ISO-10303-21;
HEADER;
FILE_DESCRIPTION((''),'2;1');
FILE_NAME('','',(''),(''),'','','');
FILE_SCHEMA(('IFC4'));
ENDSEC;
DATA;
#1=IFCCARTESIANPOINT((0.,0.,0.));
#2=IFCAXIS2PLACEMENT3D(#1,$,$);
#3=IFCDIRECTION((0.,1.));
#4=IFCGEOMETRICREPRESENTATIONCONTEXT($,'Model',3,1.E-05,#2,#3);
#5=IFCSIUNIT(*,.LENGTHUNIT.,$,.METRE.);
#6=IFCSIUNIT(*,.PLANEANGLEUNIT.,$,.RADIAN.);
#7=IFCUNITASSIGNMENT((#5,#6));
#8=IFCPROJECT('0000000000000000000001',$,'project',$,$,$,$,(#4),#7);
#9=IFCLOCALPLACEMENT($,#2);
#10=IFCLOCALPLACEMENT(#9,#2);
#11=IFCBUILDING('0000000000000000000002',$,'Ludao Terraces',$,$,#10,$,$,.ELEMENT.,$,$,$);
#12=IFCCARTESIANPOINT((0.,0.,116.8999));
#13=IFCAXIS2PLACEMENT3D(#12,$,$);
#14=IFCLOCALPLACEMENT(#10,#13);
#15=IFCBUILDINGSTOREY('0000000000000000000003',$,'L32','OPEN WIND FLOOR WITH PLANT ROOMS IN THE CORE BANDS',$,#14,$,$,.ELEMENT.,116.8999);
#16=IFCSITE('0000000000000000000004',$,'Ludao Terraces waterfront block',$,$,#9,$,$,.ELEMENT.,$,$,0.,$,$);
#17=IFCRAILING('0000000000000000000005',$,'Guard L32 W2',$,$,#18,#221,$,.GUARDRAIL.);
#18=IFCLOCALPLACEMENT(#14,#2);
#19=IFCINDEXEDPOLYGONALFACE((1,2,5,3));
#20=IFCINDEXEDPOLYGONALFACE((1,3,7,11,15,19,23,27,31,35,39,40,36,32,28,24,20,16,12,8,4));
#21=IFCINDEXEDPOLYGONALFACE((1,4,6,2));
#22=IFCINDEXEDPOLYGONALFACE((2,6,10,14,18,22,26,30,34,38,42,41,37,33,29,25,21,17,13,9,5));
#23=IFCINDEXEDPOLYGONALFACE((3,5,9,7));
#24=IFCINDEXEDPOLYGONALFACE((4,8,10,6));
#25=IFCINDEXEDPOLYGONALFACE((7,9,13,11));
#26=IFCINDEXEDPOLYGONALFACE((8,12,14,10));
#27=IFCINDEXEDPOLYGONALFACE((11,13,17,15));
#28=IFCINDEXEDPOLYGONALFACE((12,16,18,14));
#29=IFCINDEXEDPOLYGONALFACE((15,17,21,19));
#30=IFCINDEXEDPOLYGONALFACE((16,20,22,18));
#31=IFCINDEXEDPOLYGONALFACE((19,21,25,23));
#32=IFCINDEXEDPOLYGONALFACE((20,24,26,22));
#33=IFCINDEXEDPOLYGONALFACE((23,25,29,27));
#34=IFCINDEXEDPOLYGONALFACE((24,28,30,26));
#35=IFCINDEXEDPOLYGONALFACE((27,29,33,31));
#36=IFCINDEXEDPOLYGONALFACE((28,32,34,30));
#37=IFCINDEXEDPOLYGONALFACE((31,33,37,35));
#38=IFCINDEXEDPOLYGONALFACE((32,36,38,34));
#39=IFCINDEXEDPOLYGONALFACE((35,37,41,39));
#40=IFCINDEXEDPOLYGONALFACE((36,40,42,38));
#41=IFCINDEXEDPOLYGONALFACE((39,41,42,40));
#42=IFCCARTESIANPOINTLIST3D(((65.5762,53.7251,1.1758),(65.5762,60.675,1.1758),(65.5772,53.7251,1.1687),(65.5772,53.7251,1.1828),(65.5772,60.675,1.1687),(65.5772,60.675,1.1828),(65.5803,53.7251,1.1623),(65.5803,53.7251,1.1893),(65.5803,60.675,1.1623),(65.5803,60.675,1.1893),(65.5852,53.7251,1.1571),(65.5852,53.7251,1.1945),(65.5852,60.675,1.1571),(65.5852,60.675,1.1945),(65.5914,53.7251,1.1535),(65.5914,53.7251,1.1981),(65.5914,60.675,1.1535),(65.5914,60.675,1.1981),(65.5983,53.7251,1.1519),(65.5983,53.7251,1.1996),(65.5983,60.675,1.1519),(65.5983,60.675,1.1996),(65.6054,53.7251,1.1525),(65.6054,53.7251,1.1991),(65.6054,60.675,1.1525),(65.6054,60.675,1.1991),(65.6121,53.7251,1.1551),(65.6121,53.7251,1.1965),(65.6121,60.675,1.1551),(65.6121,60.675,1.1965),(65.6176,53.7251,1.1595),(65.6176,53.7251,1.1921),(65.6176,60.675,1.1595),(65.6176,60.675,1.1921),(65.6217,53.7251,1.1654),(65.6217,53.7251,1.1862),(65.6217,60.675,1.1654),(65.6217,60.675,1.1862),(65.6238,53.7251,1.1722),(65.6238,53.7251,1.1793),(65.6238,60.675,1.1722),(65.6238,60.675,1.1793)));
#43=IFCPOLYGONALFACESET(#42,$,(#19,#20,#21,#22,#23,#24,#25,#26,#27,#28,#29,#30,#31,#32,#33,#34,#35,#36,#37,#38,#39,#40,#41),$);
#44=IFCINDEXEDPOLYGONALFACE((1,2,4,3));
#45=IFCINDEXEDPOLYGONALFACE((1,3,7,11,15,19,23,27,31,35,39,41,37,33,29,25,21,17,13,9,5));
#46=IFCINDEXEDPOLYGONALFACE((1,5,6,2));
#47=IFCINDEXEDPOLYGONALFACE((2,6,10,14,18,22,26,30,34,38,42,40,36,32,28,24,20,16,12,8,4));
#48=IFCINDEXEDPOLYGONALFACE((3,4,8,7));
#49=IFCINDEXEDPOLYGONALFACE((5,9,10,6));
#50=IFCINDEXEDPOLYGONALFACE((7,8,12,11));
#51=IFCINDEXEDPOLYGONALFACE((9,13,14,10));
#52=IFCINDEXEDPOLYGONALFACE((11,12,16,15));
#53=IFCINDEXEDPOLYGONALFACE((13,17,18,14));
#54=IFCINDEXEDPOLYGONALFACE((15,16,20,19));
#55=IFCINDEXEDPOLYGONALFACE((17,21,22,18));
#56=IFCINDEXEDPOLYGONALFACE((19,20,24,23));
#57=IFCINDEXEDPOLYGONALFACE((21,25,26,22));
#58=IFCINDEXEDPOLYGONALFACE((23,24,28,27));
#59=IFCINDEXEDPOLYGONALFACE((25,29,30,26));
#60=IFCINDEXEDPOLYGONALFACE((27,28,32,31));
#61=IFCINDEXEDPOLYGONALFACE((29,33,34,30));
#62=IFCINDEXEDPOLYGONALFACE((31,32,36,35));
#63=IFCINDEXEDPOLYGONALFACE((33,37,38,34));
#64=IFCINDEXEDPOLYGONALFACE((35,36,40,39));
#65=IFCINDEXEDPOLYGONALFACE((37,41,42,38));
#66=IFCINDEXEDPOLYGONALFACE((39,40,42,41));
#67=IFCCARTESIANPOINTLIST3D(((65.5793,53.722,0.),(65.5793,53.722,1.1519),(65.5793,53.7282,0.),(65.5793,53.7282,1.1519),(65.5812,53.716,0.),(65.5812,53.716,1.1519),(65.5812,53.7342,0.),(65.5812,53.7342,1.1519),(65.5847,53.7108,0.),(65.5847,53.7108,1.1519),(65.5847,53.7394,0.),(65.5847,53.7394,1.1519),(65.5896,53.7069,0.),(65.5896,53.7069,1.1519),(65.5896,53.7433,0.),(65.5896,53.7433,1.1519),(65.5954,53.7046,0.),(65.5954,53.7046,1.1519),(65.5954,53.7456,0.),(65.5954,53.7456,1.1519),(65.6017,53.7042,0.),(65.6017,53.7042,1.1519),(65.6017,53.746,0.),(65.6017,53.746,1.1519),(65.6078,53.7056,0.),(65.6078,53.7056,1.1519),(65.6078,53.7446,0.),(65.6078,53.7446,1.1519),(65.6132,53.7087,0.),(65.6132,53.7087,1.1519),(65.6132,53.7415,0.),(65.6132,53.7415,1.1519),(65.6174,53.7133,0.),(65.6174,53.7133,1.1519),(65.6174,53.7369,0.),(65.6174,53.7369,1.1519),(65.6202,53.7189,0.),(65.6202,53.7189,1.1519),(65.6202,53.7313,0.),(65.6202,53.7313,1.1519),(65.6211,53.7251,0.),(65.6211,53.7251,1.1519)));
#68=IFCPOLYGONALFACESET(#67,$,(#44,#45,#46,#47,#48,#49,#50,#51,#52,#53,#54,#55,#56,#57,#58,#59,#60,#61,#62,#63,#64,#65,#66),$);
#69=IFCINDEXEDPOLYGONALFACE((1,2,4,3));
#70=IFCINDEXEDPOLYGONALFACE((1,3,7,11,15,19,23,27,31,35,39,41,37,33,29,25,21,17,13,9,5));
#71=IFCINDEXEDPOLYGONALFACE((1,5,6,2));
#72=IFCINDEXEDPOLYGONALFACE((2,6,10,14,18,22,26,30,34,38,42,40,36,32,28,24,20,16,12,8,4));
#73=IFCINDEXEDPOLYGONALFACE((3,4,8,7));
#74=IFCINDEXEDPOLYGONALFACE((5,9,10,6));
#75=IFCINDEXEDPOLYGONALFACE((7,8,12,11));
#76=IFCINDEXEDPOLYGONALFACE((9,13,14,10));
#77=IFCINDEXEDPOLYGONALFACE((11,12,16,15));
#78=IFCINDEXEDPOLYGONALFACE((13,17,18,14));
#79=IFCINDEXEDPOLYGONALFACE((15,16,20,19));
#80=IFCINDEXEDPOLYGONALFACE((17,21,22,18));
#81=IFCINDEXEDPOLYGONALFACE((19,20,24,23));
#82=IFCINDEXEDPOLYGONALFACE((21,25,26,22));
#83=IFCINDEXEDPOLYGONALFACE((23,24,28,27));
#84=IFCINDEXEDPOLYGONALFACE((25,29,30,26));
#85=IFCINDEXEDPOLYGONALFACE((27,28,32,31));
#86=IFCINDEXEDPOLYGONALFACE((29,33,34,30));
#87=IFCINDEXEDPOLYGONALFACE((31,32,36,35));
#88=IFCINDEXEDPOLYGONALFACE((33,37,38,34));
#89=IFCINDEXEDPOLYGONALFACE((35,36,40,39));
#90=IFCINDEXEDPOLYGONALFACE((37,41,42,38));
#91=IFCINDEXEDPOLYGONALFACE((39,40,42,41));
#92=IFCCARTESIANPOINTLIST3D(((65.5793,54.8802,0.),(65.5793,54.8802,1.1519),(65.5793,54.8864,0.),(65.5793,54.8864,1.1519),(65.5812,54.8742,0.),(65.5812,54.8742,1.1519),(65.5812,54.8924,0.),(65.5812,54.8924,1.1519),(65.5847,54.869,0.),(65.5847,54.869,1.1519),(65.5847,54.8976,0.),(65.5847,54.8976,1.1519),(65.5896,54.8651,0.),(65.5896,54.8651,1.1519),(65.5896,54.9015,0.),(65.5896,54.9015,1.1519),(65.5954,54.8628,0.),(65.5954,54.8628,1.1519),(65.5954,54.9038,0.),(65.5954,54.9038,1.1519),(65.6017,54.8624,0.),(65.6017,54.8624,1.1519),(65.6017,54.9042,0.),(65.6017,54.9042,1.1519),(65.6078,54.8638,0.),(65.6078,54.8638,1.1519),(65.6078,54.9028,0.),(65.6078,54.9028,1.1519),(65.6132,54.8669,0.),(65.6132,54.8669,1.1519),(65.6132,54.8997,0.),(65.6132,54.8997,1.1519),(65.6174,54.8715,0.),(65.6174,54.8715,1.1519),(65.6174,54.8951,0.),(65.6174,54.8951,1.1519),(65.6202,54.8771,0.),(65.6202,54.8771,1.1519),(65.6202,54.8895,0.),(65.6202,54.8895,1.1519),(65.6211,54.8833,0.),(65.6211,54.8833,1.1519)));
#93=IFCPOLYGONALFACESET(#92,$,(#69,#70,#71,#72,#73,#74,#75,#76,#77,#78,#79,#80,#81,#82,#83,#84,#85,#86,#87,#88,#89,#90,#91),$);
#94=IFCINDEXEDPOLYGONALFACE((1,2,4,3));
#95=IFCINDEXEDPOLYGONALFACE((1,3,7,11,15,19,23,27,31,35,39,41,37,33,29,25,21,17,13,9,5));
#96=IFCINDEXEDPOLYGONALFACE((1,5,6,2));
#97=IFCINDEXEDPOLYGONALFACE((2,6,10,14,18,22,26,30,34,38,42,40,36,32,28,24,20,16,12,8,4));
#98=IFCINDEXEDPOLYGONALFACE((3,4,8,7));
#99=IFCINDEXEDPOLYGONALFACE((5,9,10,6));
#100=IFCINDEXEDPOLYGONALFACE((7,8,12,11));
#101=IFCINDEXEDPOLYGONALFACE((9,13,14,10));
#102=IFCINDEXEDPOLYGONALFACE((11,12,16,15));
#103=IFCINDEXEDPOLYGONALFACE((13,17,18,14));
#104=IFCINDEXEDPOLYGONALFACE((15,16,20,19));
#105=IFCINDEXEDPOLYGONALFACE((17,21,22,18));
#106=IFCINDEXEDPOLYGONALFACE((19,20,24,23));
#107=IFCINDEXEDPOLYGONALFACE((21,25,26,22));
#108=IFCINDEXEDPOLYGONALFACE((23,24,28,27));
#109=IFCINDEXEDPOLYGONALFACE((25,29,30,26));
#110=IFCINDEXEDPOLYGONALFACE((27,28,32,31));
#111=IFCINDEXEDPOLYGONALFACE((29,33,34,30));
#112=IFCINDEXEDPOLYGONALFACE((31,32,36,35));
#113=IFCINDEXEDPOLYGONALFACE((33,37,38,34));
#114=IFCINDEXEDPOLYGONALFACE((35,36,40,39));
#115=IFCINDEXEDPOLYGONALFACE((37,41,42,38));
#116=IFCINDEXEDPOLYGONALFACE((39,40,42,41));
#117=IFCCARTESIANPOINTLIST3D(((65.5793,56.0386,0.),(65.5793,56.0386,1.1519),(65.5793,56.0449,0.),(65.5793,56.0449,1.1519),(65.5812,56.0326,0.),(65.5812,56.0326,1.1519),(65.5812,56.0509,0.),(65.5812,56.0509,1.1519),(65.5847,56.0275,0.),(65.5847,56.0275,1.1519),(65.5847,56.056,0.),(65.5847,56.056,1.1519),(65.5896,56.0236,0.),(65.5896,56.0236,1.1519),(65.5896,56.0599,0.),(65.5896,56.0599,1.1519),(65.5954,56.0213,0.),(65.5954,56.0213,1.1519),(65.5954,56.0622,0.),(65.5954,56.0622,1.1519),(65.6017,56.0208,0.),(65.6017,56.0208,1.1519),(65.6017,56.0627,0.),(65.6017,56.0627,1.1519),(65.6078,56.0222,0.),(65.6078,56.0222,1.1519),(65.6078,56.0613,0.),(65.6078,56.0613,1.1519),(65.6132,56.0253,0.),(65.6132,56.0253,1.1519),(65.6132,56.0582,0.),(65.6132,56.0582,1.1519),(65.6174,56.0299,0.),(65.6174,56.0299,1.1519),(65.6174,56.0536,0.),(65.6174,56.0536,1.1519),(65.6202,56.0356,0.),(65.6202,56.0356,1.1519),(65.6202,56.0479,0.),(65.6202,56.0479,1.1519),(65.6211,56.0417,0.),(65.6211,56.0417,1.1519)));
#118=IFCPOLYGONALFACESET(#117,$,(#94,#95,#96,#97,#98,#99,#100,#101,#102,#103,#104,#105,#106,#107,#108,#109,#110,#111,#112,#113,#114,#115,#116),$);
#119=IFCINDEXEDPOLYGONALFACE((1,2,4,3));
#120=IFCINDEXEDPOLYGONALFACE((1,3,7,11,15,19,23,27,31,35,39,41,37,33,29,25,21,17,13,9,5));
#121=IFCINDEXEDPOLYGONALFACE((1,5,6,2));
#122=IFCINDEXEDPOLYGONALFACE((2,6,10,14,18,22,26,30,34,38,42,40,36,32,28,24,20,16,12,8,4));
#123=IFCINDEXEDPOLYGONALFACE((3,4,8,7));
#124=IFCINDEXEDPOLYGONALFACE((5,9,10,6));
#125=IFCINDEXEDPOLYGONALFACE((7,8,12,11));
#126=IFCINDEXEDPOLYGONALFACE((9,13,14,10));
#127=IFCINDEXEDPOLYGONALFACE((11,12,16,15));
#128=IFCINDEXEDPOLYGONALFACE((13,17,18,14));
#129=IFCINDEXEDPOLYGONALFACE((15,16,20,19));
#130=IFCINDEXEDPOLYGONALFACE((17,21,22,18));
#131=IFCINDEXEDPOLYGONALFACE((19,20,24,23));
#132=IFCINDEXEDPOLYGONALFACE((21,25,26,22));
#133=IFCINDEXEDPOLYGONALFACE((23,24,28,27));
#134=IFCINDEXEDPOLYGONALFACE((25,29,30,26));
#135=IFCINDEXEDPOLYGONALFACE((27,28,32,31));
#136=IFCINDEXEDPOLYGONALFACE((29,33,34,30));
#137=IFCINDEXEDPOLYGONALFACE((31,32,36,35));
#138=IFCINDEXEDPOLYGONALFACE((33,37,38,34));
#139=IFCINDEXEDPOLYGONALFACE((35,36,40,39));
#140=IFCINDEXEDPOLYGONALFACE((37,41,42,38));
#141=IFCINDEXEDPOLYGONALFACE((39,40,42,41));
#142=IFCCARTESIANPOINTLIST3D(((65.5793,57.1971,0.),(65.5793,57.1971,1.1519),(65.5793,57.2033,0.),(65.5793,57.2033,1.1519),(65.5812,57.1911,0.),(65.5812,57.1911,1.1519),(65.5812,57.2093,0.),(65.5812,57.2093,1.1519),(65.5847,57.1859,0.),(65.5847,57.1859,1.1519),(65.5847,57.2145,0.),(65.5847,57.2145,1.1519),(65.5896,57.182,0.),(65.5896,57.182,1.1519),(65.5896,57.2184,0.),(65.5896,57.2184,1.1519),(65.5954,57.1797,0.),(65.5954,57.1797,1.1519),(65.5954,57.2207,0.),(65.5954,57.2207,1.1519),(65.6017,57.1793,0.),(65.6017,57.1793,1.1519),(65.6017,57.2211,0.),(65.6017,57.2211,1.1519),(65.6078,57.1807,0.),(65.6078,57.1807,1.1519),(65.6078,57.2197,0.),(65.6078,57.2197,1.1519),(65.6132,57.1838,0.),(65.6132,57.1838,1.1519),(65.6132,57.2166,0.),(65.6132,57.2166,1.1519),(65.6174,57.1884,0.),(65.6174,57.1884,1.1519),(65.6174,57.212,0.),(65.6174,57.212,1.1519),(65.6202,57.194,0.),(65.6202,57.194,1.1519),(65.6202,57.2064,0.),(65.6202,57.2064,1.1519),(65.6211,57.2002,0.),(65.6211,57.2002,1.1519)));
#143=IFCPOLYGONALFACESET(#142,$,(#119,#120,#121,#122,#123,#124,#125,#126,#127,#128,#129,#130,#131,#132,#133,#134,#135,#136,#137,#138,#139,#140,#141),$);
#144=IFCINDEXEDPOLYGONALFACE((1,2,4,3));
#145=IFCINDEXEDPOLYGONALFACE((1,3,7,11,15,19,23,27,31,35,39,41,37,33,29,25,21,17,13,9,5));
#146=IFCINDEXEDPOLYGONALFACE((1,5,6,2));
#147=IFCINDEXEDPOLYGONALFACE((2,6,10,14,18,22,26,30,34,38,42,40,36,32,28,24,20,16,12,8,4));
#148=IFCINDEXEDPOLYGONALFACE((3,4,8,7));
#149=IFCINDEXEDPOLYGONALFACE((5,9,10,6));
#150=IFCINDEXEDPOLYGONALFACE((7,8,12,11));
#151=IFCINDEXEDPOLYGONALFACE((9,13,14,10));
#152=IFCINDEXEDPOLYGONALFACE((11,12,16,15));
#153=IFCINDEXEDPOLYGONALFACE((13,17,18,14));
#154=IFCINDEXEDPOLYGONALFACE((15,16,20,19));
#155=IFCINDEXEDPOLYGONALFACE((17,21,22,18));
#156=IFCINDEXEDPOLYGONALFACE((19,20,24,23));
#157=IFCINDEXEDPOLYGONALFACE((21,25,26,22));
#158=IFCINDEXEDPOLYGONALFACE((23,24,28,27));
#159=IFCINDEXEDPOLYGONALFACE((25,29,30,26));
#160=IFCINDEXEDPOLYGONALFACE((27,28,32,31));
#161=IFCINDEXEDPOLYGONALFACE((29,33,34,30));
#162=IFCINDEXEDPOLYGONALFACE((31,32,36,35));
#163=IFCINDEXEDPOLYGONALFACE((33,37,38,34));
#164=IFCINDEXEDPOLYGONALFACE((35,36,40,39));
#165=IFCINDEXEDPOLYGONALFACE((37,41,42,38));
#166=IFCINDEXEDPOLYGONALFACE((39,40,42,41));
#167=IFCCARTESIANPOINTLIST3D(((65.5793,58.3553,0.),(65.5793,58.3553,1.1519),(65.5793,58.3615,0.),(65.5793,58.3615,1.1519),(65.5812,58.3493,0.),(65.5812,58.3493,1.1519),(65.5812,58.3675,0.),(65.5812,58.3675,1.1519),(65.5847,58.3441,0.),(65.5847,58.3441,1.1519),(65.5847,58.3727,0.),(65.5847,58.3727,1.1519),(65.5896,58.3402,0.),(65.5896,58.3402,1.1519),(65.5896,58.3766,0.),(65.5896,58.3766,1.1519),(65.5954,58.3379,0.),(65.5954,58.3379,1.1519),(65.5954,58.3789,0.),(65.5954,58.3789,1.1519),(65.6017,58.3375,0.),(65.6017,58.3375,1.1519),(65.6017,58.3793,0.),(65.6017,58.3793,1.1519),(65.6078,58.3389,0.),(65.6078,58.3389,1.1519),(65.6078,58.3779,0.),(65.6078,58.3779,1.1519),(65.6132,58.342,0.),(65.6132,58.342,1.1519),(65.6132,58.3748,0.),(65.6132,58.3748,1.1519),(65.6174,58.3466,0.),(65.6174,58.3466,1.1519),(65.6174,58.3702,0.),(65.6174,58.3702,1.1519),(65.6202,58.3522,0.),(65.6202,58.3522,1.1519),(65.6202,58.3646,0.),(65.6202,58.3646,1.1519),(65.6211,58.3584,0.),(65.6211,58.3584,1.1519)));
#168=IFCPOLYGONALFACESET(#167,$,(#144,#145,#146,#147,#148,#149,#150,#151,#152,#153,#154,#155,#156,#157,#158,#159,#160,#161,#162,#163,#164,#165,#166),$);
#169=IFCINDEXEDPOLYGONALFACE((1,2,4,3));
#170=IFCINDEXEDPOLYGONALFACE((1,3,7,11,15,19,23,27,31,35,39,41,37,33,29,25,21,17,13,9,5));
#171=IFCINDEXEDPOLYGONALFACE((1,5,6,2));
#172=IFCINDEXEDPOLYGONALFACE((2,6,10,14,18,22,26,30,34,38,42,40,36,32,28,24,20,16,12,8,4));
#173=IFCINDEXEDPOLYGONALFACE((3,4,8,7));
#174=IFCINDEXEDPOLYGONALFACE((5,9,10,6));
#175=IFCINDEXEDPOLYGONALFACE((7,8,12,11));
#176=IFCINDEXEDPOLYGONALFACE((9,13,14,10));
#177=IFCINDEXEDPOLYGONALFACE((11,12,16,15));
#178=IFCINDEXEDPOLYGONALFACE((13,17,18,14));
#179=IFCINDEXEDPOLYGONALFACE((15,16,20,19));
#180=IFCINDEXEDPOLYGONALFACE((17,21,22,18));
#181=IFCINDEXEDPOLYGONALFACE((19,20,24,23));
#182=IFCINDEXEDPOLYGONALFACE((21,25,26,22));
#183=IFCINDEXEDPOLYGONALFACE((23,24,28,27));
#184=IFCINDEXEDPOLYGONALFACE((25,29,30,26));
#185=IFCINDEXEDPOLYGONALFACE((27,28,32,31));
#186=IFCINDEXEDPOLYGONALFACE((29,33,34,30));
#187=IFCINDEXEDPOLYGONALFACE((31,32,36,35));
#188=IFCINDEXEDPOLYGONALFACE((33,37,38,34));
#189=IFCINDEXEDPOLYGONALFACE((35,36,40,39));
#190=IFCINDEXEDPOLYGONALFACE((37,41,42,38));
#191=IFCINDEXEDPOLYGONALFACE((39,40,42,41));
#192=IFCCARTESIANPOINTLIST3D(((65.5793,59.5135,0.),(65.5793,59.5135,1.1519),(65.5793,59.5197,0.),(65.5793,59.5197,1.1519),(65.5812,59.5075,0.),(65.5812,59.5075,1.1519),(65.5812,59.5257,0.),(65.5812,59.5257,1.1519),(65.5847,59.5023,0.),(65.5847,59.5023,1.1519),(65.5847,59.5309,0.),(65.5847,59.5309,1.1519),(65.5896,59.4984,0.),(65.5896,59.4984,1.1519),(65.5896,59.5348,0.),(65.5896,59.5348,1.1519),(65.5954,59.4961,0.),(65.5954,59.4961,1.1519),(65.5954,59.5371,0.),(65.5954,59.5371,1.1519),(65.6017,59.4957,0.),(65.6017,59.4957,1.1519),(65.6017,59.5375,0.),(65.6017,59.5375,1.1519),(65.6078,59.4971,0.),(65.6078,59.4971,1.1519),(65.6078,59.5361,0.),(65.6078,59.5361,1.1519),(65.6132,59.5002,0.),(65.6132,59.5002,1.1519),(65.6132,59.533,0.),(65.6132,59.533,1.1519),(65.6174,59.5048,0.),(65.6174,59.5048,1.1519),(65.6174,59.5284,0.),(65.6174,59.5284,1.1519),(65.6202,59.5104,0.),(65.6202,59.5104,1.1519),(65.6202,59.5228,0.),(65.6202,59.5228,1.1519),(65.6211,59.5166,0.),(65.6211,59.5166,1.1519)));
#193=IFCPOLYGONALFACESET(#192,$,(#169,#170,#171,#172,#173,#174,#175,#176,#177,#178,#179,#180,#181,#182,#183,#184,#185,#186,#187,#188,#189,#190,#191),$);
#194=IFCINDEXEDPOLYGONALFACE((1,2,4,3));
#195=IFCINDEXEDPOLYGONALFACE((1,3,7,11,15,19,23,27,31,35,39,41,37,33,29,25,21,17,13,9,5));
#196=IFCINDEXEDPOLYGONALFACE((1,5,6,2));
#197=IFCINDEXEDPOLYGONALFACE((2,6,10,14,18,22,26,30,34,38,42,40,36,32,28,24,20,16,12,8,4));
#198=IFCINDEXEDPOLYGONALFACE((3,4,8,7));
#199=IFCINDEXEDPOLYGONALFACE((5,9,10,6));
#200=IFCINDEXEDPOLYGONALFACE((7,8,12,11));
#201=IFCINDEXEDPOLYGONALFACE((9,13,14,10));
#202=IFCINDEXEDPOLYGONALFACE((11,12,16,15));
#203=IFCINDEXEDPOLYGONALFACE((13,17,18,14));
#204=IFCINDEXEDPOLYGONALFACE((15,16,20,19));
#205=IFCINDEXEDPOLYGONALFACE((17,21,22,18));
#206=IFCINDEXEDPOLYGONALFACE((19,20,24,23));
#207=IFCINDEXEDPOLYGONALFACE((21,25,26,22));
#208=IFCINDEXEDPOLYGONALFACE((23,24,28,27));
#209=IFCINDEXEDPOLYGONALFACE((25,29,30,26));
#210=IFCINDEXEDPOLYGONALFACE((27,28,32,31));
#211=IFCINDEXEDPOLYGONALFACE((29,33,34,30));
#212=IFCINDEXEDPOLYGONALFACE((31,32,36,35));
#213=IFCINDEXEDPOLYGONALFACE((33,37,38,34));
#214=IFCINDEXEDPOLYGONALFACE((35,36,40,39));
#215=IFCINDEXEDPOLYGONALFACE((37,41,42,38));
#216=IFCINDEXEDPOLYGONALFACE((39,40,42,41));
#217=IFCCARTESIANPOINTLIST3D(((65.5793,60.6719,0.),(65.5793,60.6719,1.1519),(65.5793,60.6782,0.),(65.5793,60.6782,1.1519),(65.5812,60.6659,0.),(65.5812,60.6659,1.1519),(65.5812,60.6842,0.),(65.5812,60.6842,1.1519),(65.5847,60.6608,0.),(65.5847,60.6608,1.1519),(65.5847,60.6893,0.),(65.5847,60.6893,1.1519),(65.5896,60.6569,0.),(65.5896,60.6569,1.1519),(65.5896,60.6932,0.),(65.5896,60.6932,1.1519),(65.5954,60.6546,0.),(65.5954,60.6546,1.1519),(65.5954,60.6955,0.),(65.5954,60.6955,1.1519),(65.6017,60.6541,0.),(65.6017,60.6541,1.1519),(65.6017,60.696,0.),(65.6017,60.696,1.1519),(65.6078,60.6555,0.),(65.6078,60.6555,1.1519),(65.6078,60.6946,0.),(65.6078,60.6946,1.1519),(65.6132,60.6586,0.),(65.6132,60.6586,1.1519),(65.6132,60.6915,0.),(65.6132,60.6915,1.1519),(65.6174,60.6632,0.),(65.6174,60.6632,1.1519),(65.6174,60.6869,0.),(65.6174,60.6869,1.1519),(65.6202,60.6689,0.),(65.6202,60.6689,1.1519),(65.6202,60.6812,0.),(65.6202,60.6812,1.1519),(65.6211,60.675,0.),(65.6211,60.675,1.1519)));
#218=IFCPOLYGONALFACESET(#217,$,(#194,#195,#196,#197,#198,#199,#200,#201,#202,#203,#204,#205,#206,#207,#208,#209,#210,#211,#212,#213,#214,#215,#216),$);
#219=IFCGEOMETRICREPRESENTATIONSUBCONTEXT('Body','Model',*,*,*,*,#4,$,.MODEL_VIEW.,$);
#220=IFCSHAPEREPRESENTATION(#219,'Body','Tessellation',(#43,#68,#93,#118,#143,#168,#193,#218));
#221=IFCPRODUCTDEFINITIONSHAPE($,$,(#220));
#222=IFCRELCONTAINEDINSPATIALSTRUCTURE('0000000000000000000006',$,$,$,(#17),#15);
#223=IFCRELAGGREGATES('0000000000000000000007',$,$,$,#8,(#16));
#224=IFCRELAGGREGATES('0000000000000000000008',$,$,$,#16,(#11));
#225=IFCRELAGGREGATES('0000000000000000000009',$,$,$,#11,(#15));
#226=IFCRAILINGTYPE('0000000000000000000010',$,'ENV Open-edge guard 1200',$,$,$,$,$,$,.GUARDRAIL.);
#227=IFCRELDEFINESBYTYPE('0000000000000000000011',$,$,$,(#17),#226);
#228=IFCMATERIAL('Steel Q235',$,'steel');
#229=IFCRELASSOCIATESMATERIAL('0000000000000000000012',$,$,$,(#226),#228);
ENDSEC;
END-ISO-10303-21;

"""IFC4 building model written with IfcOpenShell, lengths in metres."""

from ifc_helpers import new_model, si_unit, direction, frame, origin, origin_2d, place, context, subcontext, project, spatial, circle, extrude, material, type_object, element, save


model = new_model("IFC4")

# Units and contexts
model_context = context("Model", 3, precision=1e-05, world=origin(), true_north=direction((0.0, 1.0)))
body_context = subcontext(model_context, "Body", "Model", "MODEL_VIEW")
ifc_project = project(units=[si_unit("LENGTHUNIT", "METRE"), si_unit("PLANEANGLEUNIT", "RADIAN")], contexts=[model_context])

# Site, building, storey
site_placement = place(None, origin())
site = spatial("IfcSite", under=ifc_project, at=site_placement, Name="Ludao Terraces waterfront block", CompositionType="ELEMENT", RefElevation=0.0)
building_placement = place(site_placement, origin())
building = spatial("IfcBuilding", under=site, at=building_placement, Name="Ludao Terraces", CompositionType="ELEMENT")
storey_placement = place(building_placement, frame((0.0, 0.0, 116.8999)))
storey = spatial("IfcBuildingStorey", under=building, at=storey_placement, Name="L32", Description="OPEN WIND FLOOR WITH PLANT ROOMS IN THE CORE BANDS", CompositionType="ELEMENT", Elevation=116.8999)

# Railing
ifc_material_1 = material(Name="Steel Q235", Category="steel")
railing_type = type_object("IfcRailingType", Name="ENV Open-edge guard 1200", PredefinedType="GUARDRAIL", material=ifc_material_1)
railing_1_placement = place(storey_placement, frame((65.6001, 53.7251, 0.0)))
element("IfcRailing", 1, at=railing_1_placement, inside=storey, type_object=railing_type, Name="Guard L32 W2", PredefinedType="GUARDRAIL", context=body_context, shape_type="SweptSolid", body=[
    extrude(circle(Radius=0.0239, at=origin_2d()), frame((0.0, 0.0, 1.1758), z_axis=(0.0, 1.0, 0.0), x_axis=(-1.0, 0.0, 0.0)), (0.0, 0.0, 1.0), 6.95),
    extrude(circle(Radius=0.021, at=origin_2d()), origin(), (0.0, 0.0, 1.0), 1.1519),
    extrude(circle(Radius=0.021, at=origin_2d()), frame((0.0, 1.1582, 0.0)), (0.0, 0.0, 1.0), 1.1519),
    extrude(circle(Radius=0.021, at=origin_2d()), frame((0.0, 2.3167, 0.0)), (0.0, 0.0, 1.0), 1.1519),
    extrude(circle(Radius=0.021, at=origin_2d()), frame((0.0, 3.4751, 0.0)), (0.0, 0.0, 1.0), 1.1519),
    extrude(circle(Radius=0.021, at=origin_2d()), frame((0.0, 4.6333, 0.0)), (0.0, 0.0, 1.0), 1.1519),
    extrude(circle(Radius=0.021, at=origin_2d()), frame((0.0, 5.7915, 0.0)), (0.0, 0.0, 1.0), 1.1519),
    extrude(circle(Radius=0.021, at=origin_2d()), frame((0.0, 6.95, 0.0)), (0.0, 0.0, 1.0), 1.1519),
])

save(model, "model.ifc")
